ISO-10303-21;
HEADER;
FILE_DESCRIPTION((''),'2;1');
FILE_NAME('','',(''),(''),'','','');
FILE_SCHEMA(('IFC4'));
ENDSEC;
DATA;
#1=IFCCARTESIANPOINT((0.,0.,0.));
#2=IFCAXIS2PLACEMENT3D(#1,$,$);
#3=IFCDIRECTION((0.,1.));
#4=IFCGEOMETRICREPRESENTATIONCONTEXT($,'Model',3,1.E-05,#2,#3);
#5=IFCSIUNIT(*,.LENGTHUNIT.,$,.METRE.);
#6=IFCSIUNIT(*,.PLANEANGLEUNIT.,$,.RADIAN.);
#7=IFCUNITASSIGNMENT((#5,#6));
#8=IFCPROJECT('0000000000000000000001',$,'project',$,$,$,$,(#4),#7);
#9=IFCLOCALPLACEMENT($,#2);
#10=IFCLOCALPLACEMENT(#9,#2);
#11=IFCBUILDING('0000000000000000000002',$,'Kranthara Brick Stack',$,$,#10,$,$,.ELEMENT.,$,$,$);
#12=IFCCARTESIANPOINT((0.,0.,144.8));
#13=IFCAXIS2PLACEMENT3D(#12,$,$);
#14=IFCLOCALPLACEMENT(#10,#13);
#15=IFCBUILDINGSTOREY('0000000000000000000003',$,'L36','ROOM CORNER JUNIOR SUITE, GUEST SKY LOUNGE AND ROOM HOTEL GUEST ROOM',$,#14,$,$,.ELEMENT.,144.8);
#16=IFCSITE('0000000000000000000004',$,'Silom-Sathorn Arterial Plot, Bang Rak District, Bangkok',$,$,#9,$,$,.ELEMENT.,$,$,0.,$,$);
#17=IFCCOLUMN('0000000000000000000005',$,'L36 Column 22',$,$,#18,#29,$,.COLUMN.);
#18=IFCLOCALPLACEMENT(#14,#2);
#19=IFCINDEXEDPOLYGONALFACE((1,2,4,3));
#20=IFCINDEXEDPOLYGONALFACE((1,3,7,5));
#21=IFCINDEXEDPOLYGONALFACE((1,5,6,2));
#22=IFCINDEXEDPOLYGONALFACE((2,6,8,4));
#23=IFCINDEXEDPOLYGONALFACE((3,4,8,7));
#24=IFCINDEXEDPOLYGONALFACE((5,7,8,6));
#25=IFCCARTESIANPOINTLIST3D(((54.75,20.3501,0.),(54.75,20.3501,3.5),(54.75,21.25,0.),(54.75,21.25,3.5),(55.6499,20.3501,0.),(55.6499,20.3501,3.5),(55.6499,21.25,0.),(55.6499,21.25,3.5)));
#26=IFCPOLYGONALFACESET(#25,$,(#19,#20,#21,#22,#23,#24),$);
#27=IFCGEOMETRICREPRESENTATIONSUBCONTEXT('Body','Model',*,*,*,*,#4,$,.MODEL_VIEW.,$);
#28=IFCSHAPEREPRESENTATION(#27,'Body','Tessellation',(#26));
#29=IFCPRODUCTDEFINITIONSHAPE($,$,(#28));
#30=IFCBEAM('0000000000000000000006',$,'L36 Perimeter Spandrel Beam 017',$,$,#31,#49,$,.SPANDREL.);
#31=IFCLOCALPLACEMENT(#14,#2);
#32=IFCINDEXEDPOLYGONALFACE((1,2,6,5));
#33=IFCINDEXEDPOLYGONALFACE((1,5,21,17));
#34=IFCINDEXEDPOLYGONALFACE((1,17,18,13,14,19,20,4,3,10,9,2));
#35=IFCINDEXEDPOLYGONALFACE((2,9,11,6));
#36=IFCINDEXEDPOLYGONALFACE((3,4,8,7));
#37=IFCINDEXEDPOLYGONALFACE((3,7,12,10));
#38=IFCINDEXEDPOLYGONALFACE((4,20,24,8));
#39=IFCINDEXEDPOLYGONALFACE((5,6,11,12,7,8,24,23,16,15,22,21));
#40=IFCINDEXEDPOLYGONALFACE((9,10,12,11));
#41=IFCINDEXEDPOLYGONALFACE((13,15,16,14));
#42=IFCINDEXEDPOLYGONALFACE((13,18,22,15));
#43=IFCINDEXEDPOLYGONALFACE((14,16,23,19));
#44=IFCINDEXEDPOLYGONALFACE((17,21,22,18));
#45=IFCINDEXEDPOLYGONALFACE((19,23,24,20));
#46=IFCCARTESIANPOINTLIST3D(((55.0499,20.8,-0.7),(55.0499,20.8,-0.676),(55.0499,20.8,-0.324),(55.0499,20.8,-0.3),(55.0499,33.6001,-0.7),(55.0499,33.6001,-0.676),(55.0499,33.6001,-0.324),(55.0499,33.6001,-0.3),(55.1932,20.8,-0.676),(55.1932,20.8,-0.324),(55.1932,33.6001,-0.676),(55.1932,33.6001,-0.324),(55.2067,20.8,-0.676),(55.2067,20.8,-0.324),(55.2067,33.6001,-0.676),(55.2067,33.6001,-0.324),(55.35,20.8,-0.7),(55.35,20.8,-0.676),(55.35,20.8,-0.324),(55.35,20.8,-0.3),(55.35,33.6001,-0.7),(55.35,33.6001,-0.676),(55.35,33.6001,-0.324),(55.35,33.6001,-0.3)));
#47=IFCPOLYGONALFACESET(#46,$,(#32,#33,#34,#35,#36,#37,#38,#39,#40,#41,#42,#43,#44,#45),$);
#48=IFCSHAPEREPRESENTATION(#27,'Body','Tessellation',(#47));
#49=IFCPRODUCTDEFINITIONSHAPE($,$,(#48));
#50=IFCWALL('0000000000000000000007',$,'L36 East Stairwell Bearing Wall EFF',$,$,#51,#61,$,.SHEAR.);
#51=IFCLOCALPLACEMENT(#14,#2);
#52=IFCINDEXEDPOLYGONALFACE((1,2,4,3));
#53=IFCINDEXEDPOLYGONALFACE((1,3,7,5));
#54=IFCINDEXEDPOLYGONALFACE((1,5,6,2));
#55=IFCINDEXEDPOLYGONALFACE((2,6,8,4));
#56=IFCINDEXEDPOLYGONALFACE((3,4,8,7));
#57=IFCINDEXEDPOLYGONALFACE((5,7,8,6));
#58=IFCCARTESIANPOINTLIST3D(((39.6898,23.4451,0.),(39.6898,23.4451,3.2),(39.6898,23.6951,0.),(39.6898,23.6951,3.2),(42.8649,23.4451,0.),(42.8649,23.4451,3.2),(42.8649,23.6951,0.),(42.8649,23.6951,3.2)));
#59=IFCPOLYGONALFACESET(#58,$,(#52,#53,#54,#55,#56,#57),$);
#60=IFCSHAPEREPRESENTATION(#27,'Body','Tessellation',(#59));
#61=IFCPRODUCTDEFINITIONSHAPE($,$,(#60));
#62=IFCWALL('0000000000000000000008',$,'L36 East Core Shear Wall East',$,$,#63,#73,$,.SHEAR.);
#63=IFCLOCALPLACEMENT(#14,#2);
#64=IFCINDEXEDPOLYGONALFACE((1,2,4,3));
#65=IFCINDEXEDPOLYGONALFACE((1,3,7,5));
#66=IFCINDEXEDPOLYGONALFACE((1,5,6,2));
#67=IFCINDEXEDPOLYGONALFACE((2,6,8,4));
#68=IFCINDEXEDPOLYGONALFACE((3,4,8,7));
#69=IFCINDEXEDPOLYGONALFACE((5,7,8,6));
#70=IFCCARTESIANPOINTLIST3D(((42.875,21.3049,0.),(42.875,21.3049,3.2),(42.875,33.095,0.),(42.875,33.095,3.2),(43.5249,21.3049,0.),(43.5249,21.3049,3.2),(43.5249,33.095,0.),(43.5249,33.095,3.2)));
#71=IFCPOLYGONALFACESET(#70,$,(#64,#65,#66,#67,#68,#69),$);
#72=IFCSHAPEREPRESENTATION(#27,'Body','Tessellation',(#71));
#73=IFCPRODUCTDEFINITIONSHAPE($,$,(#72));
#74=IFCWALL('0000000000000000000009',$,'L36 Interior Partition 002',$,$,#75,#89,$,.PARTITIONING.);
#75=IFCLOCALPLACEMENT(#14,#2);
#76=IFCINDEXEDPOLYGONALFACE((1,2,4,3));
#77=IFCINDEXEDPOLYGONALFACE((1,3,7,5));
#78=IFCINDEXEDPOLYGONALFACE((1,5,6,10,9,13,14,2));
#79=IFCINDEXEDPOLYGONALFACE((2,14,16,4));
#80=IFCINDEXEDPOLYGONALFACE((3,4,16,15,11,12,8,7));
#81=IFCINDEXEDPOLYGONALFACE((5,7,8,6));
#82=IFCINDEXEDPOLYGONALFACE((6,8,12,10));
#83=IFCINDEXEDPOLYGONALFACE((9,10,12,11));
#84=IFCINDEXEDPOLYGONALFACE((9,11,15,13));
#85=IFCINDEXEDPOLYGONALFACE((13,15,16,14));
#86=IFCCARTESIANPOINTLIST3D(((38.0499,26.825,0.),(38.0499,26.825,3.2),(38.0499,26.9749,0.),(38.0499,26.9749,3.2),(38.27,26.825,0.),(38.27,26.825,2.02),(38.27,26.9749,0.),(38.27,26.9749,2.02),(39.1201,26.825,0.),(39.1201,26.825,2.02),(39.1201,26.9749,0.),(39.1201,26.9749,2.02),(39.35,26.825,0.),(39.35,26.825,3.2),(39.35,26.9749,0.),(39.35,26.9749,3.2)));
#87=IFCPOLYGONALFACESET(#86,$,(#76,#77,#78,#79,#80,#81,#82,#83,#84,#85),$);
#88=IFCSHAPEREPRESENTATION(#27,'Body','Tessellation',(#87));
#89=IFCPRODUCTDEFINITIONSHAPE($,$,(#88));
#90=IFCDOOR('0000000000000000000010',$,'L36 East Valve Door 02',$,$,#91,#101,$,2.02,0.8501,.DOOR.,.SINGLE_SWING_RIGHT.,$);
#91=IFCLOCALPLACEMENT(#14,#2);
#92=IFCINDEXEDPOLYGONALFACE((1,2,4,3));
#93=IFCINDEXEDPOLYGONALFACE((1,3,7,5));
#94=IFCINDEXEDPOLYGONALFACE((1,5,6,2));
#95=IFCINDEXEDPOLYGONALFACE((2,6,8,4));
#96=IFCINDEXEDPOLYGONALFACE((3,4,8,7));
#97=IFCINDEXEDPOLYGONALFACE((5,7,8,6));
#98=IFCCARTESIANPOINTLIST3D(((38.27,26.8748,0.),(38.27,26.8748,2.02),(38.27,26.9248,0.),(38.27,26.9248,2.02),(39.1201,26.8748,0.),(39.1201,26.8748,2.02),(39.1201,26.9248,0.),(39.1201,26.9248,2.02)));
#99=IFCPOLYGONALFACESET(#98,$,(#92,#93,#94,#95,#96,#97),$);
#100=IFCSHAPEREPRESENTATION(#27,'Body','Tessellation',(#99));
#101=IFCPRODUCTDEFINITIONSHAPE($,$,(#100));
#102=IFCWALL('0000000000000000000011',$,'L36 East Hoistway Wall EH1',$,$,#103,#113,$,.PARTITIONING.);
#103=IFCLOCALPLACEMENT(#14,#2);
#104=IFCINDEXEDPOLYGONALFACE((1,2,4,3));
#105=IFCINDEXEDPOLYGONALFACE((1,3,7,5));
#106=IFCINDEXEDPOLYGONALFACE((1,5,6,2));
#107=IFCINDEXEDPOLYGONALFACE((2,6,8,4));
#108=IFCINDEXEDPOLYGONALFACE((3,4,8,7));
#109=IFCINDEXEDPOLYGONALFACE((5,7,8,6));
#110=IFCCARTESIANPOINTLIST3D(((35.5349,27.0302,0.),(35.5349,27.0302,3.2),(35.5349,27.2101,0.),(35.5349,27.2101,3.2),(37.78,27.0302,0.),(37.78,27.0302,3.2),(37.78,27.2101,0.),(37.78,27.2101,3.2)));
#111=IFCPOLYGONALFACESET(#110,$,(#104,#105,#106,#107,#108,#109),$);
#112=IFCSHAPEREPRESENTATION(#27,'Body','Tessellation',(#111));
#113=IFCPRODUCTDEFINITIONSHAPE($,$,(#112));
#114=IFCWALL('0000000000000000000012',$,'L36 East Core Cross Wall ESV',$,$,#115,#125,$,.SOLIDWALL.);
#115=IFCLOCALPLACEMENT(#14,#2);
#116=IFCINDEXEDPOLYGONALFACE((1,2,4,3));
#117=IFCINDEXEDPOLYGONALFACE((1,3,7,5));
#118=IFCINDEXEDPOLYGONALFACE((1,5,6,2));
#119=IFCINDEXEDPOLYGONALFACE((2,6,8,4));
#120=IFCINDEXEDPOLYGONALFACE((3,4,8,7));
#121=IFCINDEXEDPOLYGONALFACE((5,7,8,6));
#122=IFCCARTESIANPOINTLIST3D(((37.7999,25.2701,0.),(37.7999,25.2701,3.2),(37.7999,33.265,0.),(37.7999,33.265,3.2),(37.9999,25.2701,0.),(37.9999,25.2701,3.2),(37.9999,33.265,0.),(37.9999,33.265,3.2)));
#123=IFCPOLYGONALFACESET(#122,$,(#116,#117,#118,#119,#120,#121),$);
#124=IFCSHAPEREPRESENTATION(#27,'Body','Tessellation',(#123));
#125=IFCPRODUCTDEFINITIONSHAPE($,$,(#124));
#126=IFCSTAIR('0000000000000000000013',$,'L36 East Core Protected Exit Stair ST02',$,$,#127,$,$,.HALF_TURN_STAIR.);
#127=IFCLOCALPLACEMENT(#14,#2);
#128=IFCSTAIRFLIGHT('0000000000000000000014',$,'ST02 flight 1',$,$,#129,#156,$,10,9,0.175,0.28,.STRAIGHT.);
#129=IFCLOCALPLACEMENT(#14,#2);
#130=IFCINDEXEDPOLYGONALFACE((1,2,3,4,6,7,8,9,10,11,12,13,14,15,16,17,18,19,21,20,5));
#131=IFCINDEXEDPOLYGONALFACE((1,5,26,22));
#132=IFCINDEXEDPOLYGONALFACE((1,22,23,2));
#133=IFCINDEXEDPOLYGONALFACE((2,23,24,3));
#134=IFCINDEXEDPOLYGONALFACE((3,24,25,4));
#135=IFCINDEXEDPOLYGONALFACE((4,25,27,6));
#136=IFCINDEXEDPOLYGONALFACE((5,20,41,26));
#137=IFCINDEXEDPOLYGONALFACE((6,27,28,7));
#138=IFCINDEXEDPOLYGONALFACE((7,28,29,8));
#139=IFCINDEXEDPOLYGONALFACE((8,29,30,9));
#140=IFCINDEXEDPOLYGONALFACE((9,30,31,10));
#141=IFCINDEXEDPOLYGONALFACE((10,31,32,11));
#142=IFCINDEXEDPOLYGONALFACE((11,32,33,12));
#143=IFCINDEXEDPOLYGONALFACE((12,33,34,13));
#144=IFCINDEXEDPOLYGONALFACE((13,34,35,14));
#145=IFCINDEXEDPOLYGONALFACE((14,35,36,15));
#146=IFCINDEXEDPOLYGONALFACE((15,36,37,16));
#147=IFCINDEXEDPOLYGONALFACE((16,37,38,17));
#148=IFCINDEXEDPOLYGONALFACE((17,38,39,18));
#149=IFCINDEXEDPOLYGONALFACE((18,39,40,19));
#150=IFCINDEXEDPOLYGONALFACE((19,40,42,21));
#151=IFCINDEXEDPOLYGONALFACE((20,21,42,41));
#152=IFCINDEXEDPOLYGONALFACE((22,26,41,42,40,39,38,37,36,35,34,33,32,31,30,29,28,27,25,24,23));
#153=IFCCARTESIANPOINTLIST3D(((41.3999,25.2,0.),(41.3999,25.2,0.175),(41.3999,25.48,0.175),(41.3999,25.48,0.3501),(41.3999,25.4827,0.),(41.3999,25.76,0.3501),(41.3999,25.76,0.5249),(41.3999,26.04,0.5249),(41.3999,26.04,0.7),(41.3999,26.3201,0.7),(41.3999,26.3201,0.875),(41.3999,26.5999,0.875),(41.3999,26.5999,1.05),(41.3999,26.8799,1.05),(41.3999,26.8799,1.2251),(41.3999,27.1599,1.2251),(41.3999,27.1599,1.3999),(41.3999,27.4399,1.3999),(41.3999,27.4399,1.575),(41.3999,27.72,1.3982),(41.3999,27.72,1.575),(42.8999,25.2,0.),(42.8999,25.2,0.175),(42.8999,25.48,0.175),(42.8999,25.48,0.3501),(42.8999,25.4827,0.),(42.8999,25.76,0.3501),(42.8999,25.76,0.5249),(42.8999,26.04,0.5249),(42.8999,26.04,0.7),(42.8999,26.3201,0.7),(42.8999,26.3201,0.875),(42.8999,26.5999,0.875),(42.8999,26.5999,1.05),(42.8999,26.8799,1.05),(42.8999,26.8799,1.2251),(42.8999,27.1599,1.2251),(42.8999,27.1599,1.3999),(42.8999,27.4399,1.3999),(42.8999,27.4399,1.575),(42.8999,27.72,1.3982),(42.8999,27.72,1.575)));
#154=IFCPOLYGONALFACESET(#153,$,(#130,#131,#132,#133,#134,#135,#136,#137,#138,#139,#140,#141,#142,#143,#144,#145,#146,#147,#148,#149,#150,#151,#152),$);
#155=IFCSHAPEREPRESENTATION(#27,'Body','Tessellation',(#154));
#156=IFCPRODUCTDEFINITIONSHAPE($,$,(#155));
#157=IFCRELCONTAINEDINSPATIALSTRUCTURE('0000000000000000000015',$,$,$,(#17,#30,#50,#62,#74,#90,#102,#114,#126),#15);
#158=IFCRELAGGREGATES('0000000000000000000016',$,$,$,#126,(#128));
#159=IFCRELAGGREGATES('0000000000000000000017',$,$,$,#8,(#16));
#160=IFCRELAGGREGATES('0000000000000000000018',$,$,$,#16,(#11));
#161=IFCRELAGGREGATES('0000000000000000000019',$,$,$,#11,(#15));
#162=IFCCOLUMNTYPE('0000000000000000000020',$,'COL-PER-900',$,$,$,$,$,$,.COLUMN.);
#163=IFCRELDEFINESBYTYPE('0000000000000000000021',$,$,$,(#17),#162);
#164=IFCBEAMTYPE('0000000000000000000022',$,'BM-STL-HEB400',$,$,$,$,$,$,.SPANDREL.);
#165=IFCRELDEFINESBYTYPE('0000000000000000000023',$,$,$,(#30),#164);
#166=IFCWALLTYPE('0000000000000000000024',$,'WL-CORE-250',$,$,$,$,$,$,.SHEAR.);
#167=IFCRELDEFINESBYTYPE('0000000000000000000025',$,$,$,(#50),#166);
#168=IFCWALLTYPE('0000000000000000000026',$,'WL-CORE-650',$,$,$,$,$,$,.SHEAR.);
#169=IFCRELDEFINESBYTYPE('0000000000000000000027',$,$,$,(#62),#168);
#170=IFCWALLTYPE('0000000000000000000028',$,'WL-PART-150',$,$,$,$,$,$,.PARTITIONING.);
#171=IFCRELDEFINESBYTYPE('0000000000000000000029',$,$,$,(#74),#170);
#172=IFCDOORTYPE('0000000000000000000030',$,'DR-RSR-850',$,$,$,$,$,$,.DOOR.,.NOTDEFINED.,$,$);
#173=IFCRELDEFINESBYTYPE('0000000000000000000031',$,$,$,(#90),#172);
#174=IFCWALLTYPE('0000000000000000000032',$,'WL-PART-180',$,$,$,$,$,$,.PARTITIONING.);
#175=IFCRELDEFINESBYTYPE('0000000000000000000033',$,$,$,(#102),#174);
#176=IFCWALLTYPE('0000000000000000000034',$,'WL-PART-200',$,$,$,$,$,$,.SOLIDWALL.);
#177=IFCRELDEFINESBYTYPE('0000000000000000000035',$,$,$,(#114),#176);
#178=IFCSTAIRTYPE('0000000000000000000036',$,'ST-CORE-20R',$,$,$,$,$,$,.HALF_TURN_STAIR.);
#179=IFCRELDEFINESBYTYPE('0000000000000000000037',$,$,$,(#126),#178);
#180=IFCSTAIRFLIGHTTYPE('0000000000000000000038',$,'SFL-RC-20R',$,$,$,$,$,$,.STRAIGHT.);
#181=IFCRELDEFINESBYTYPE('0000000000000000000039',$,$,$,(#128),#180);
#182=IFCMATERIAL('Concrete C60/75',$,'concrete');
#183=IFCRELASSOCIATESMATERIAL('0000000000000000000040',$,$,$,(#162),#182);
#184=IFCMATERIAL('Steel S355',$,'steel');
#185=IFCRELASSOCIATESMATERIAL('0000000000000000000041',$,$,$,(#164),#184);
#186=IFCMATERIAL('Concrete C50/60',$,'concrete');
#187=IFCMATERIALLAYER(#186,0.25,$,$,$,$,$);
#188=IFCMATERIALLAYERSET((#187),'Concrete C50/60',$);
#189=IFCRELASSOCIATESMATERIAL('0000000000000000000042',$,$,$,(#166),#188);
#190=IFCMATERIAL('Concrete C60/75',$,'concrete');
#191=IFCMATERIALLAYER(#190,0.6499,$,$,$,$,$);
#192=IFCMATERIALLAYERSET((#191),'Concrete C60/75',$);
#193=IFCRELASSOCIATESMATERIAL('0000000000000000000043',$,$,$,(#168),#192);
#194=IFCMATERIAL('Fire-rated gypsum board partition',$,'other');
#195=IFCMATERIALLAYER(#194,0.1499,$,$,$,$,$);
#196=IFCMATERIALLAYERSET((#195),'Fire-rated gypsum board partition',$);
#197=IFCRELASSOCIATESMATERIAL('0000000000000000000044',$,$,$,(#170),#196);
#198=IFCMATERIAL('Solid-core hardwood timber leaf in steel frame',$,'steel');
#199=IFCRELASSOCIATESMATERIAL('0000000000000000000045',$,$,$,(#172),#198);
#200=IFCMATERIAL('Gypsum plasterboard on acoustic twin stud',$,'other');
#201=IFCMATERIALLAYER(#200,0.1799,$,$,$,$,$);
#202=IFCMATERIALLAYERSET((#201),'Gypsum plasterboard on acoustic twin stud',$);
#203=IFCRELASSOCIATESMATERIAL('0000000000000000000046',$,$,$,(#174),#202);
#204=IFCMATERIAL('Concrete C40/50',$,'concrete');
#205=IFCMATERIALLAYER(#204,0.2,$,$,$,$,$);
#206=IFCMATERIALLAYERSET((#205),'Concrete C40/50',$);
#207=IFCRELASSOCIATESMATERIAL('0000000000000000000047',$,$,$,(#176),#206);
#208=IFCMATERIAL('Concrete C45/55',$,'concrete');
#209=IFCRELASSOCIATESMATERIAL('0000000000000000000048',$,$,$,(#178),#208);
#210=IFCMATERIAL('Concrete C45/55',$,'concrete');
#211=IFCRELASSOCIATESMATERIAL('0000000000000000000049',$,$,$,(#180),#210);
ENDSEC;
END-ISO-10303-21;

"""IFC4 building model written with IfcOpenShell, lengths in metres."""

from ifc_helpers import new_model, si_unit, direction, frame, frame_2d, origin, origin_2d, place, context, subcontext, project, spatial, polyline, rectangle, i_section, outline, extrude, material, layer, layer_set, material_profile, profile_set, type_object, element, fill, aggregate, save


model = new_model("IFC4")

# Units and contexts
model_context = context("Model", 3, precision=1e-05, world=origin(), true_north=direction((0.0, 1.0)))
body_context = subcontext(model_context, "Body", "Model", "MODEL_VIEW")
ifc_project = project(units=[si_unit("LENGTHUNIT", "METRE"), si_unit("PLANEANGLEUNIT", "RADIAN")], contexts=[model_context])

# Site, building, storey
site_placement = place(None, origin())
site = spatial("IfcSite", under=ifc_project, at=site_placement, Name="Silom-Sathorn Arterial Plot, Bang Rak District, Bangkok", CompositionType="ELEMENT", RefElevation=0.0)
building_placement = place(site_placement, origin())
building = spatial("IfcBuilding", under=site, at=building_placement, Name="Kranthara Brick Stack", CompositionType="ELEMENT")
storey_placement = place(building_placement, frame((0.0, 0.0, 144.8)))
storey = spatial("IfcBuildingStorey", under=building, at=storey_placement, Name="L36", Description="ROOM CORNER JUNIOR SUITE, GUEST SKY LOUNGE AND ROOM HOTEL GUEST ROOM", CompositionType="ELEMENT", Elevation=144.8)

# Column
ifc_material_1 = material(Name="Concrete C60/75", Category="concrete")
ifc_material_profile_1 = material_profile(ifc_material_1, rectangle(XDim=0.8999, YDim=0.8999, at=origin_2d()), Name="RC 900x900")
ifc_profile_set_1 = profile_set([ifc_material_profile_1], Name="Concrete C60/75")
column_type = type_object("IfcColumnType", Name="COL-PER-900", PredefinedType="COLUMN", material=ifc_profile_set_1)
column_placement = place(storey_placement, frame((55.2, 20.8, 0.0), z_axis=(0.0, 0.0, 1.0), x_axis=(1.0, 0.0, 0.0)))
element("IfcColumn", 1, at=column_placement, inside=storey, type_object=column_type, Name="L36 Column 22", PredefinedType="COLUMN", context=body_context, shape_type="SweptSolid", body=[
    extrude(rectangle(XDim=0.8999, YDim=0.8999, at=origin_2d()), origin(), (0.0, 0.0, 1.0), 3.5),
])

# Beam
ifc_material_2 = material(Name="Steel S355", Category="steel")
ifc_material_profile_2 = material_profile(ifc_material_2, i_section(OverallWidth=0.3, OverallDepth=0.3999, WebThickness=0.0134, FlangeThickness=0.0239, at=origin_2d()), Name="HEB 400")
ifc_profile_set_2 = profile_set([ifc_material_profile_2], Name="Steel S355")
beam_type = type_object("IfcBeamType", Name="BM-STL-HEB400", PredefinedType="SPANDREL", material=ifc_profile_set_2)
beam_placement = place(storey_placement, frame((55.2, 20.8, -0.5), z_axis=(0.0, 1.0, 0.0), x_axis=(-1.0, 0.0, 0.0)))
element("IfcBeam", 2, at=beam_placement, inside=storey, type_object=beam_type, Name="L36 Perimeter Spandrel Beam 017", PredefinedType="SPANDREL", context=body_context, shape_type="SweptSolid", body=[
    extrude(i_section(OverallWidth=0.3, OverallDepth=0.3999, WebThickness=0.0134, FlangeThickness=0.0239, at=origin_2d()), origin(), (0.0, 0.0, 1.0), 12.8),
])

# Shared definitions
ifc_material_3 = material(Name="Concrete C50/60", Category="concrete")
ifc_layer_1 = layer(ifc_material_3, 0.25)
ifc_layer_set_1 = layer_set([ifc_layer_1], Name="Concrete C50/60")
wall_type_1 = type_object("IfcWallType", Name="WL-CORE-250", PredefinedType="SHEAR", material=ifc_layer_set_1)

# Walls
wall_1_placement = place(storey_placement, frame((39.6899, 23.5701, 0.0), z_axis=(0.0, 0.0, 1.0), x_axis=(1.0, 0.0, 0.0)))
element("IfcWall", 3, at=wall_1_placement, inside=storey, type_object=wall_type_1, Name="L36 East Stairwell Bearing Wall EFF", PredefinedType="SHEAR", context=body_context, shape_type="SweptSolid", body=[
    extrude(rectangle(XDim=3.175, YDim=0.25, at=frame_2d((1.5874, 0.0))), origin(), (0.0, 0.0, 1.0), 3.2),
])
ifc_material_4 = material(Name="Concrete C60/75", Category="concrete")
ifc_layer_2 = layer(ifc_material_4, 0.6499)
ifc_layer_set_2 = layer_set([ifc_layer_2], Name="Concrete C60/75")
wall_type_2 = type_object("IfcWallType", Name="WL-CORE-650", PredefinedType="SHEAR", material=ifc_layer_set_2)
wall_2_placement = place(storey_placement, frame((43.2, 21.3049, 0.0), z_axis=(0.0, 0.0, 1.0), x_axis=(0.0, 1.0, 0.0)))
element("IfcWall", 4, at=wall_2_placement, inside=storey, type_object=wall_type_2, Name="L36 East Core Shear Wall East", PredefinedType="SHEAR", context=body_context, shape_type="SweptSolid", body=[
    extrude(rectangle(XDim=11.79, YDim=0.6499, at=frame_2d((5.895, 0.0))), origin(), (0.0, 0.0, 1.0), 3.2),
])

# Wall, opening, door
ifc_material_5 = material(Name="Fire-rated gypsum board partition", Category="other")
ifc_layer_3 = layer(ifc_material_5, 0.1499)
ifc_layer_set_3 = layer_set([ifc_layer_3], Name="Fire-rated gypsum board partition")
wall_type_3 = type_object("IfcWallType", Name="WL-PART-150", PredefinedType="PARTITIONING", material=ifc_layer_set_3)
wall_3_placement = place(storey_placement, frame((38.05, 26.8999, 0.0), z_axis=(0.0, 0.0, 1.0), x_axis=(1.0, 0.0, 0.0)))
wall_3 = element("IfcWall", 5, at=wall_3_placement, inside=storey, type_object=wall_type_3, Name="L36 Interior Partition 002", PredefinedType="PARTITIONING", context=body_context, shape_type="SweptSolid", body=[
    extrude(rectangle(XDim=1.3, YDim=0.1499, at=frame_2d((0.6499, 0.0))), origin(), (0.0, 0.0, 1.0), 3.2),
])
opening_1_placement = place(wall_3_placement, frame((0.22, 0.0, 0.0)))
opening_1 = element("IfcOpeningElement", 6, at=opening_1_placement, cuts=wall_3, PredefinedType="OPENING", context=body_context, shape_type="SweptSolid", body=[
    extrude(rectangle(XDim=0.8501, YDim=2.02, at=frame_2d((0.425, 1.01))), frame((0.0, 0.085, 0.0), z_axis=(0.0, -1.0, 0.0), x_axis=(1.0, 0.0, 0.0)), (0.0, 0.0, 1.0), 0.1699),
])
ifc_material_6 = material(Name="Solid-core hardwood timber leaf in steel frame", Category="steel")
door_type_1 = type_object("IfcDoorType", Name="DR-RSR-850", OperationType="NOTDEFINED", PredefinedType="DOOR", material=ifc_material_6)
door_1_placement = place(opening_1_placement, origin())
door_1 = element("IfcDoor", 7, at=door_1_placement, inside=storey, type_object=door_type_1, Name="L36 East Valve Door 02", OperationType="SINGLE_SWING_RIGHT", OverallHeight=2.02, OverallWidth=0.8501, PredefinedType="DOOR", context=body_context, shape_type="SweptSolid", body=[
    extrude(rectangle(XDim=0.8501, YDim=2.02, at=frame_2d((0.425, 1.01))), frame((0.0, 0.0249, 0.0), z_axis=(0.0, -1.0, 0.0), x_axis=(1.0, 0.0, 0.0)), (0.0, 0.0, 1.0), 0.05),
])
fill(opening_1, door_1)

# Walls
ifc_material_7 = material(Name="Gypsum plasterboard on acoustic twin stud", Category="other")
ifc_layer_4 = layer(ifc_material_7, 0.1799)
ifc_layer_set_4 = layer_set([ifc_layer_4], Name="Gypsum plasterboard on acoustic twin stud")
wall_type_4 = type_object("IfcWallType", Name="WL-PART-180", PredefinedType="PARTITIONING", material=ifc_layer_set_4)
wall_4_placement = place(storey_placement, frame((35.5349, 27.1201, 0.0), z_axis=(0.0, 0.0, 1.0), x_axis=(1.0, 0.0, 0.0)))
element("IfcWall", 8, at=wall_4_placement, inside=storey, type_object=wall_type_4, Name="L36 East Hoistway Wall EH1", PredefinedType="PARTITIONING", context=body_context, shape_type="SweptSolid", body=[
    extrude(rectangle(XDim=2.2451, YDim=0.1799, at=frame_2d((1.1226, 0.0))), origin(), (0.0, 0.0, 1.0), 3.2),
])
ifc_material_8 = material(Name="Concrete C40/50", Category="concrete")
ifc_layer_5 = layer(ifc_material_8, 0.2)
ifc_layer_set_5 = layer_set([ifc_layer_5], Name="Concrete C40/50")
wall_type_5 = type_object("IfcWallType", Name="WL-PART-200", PredefinedType="SOLIDWALL", material=ifc_layer_set_5)
wall_5_placement = place(storey_placement, frame((37.8999, 25.27, 0.0), z_axis=(0.0, 0.0, 1.0), x_axis=(0.0, 1.0, 0.0)))
element("IfcWall", 9, at=wall_5_placement, inside=storey, type_object=wall_type_5, Name="L36 East Core Cross Wall ESV", PredefinedType="SOLIDWALL", context=body_context, shape_type="SweptSolid", body=[
    extrude(rectangle(XDim=7.9949, YDim=0.2, at=frame_2d((3.9976, 0.0))), origin(), (0.0, 0.0, 1.0), 3.2),
])

# Stair, stair flight
ifc_material_9 = material(Name="Concrete C45/55", Category="concrete")
stair_type = type_object("IfcStairType", Name="ST-CORE-20R", PredefinedType="HALF_TURN_STAIR", material=ifc_material_9)
stair_placement = place(storey_placement, origin())
stair = element("IfcStair", 10, at=stair_placement, inside=storey, type_object=stair_type, Name="L36 East Core Protected Exit Stair ST02", PredefinedType="HALF_TURN_STAIR")
ifc_material_10 = material(Name="Concrete C45/55", Category="concrete")
stair_flight_type = type_object("IfcStairFlightType", Name="SFL-RC-20R", PredefinedType="STRAIGHT", material=ifc_material_10)
stair_flight_1_placement = place(storey_placement, frame((42.1499, 25.2, 0.0), z_axis=(0.0, 0.0, 1.0), x_axis=(0.0, 1.0, 0.0)))
stair_flight_1 = element("IfcStairFlight", 11, at=stair_flight_1_placement, type_object=stair_flight_type, Name="ST02 flight 1", NumberOfRisers=10, NumberOfTreads=9, PredefinedType="STRAIGHT", RiserHeight=0.175, TreadLength=0.28, context=body_context, shape_type="SweptSolid", body=[
    extrude(outline(polyline([(0.0, 0.0), (0.0, 0.175), (0.28, 0.175), (0.28, 0.3501), (0.5601, 0.3501), (0.5601, 0.5249), (0.8401, 0.5249), (0.8401, 0.7), (1.1201, 0.7), (1.1201, 0.875), (1.3999, 0.875), (1.3999, 1.05), (1.6799, 1.05), (1.6799, 1.2251), (1.96, 1.2251), (1.96, 1.3999), (2.24, 1.3999), (2.24, 1.575), (2.52, 1.575), (2.52, 1.75), (2.52, 1.3982), (0.2827, 0.0), (0.0, 0.0)])), frame((0.0, 0.75, 0.0), z_axis=(0.0, -1.0, 0.0), x_axis=(1.0, 0.0, 0.0)), (0.0, 0.0, 1.0), 1.5),
])
aggregate(stair, [stair_flight_1])

save(model, "model.ifc")
